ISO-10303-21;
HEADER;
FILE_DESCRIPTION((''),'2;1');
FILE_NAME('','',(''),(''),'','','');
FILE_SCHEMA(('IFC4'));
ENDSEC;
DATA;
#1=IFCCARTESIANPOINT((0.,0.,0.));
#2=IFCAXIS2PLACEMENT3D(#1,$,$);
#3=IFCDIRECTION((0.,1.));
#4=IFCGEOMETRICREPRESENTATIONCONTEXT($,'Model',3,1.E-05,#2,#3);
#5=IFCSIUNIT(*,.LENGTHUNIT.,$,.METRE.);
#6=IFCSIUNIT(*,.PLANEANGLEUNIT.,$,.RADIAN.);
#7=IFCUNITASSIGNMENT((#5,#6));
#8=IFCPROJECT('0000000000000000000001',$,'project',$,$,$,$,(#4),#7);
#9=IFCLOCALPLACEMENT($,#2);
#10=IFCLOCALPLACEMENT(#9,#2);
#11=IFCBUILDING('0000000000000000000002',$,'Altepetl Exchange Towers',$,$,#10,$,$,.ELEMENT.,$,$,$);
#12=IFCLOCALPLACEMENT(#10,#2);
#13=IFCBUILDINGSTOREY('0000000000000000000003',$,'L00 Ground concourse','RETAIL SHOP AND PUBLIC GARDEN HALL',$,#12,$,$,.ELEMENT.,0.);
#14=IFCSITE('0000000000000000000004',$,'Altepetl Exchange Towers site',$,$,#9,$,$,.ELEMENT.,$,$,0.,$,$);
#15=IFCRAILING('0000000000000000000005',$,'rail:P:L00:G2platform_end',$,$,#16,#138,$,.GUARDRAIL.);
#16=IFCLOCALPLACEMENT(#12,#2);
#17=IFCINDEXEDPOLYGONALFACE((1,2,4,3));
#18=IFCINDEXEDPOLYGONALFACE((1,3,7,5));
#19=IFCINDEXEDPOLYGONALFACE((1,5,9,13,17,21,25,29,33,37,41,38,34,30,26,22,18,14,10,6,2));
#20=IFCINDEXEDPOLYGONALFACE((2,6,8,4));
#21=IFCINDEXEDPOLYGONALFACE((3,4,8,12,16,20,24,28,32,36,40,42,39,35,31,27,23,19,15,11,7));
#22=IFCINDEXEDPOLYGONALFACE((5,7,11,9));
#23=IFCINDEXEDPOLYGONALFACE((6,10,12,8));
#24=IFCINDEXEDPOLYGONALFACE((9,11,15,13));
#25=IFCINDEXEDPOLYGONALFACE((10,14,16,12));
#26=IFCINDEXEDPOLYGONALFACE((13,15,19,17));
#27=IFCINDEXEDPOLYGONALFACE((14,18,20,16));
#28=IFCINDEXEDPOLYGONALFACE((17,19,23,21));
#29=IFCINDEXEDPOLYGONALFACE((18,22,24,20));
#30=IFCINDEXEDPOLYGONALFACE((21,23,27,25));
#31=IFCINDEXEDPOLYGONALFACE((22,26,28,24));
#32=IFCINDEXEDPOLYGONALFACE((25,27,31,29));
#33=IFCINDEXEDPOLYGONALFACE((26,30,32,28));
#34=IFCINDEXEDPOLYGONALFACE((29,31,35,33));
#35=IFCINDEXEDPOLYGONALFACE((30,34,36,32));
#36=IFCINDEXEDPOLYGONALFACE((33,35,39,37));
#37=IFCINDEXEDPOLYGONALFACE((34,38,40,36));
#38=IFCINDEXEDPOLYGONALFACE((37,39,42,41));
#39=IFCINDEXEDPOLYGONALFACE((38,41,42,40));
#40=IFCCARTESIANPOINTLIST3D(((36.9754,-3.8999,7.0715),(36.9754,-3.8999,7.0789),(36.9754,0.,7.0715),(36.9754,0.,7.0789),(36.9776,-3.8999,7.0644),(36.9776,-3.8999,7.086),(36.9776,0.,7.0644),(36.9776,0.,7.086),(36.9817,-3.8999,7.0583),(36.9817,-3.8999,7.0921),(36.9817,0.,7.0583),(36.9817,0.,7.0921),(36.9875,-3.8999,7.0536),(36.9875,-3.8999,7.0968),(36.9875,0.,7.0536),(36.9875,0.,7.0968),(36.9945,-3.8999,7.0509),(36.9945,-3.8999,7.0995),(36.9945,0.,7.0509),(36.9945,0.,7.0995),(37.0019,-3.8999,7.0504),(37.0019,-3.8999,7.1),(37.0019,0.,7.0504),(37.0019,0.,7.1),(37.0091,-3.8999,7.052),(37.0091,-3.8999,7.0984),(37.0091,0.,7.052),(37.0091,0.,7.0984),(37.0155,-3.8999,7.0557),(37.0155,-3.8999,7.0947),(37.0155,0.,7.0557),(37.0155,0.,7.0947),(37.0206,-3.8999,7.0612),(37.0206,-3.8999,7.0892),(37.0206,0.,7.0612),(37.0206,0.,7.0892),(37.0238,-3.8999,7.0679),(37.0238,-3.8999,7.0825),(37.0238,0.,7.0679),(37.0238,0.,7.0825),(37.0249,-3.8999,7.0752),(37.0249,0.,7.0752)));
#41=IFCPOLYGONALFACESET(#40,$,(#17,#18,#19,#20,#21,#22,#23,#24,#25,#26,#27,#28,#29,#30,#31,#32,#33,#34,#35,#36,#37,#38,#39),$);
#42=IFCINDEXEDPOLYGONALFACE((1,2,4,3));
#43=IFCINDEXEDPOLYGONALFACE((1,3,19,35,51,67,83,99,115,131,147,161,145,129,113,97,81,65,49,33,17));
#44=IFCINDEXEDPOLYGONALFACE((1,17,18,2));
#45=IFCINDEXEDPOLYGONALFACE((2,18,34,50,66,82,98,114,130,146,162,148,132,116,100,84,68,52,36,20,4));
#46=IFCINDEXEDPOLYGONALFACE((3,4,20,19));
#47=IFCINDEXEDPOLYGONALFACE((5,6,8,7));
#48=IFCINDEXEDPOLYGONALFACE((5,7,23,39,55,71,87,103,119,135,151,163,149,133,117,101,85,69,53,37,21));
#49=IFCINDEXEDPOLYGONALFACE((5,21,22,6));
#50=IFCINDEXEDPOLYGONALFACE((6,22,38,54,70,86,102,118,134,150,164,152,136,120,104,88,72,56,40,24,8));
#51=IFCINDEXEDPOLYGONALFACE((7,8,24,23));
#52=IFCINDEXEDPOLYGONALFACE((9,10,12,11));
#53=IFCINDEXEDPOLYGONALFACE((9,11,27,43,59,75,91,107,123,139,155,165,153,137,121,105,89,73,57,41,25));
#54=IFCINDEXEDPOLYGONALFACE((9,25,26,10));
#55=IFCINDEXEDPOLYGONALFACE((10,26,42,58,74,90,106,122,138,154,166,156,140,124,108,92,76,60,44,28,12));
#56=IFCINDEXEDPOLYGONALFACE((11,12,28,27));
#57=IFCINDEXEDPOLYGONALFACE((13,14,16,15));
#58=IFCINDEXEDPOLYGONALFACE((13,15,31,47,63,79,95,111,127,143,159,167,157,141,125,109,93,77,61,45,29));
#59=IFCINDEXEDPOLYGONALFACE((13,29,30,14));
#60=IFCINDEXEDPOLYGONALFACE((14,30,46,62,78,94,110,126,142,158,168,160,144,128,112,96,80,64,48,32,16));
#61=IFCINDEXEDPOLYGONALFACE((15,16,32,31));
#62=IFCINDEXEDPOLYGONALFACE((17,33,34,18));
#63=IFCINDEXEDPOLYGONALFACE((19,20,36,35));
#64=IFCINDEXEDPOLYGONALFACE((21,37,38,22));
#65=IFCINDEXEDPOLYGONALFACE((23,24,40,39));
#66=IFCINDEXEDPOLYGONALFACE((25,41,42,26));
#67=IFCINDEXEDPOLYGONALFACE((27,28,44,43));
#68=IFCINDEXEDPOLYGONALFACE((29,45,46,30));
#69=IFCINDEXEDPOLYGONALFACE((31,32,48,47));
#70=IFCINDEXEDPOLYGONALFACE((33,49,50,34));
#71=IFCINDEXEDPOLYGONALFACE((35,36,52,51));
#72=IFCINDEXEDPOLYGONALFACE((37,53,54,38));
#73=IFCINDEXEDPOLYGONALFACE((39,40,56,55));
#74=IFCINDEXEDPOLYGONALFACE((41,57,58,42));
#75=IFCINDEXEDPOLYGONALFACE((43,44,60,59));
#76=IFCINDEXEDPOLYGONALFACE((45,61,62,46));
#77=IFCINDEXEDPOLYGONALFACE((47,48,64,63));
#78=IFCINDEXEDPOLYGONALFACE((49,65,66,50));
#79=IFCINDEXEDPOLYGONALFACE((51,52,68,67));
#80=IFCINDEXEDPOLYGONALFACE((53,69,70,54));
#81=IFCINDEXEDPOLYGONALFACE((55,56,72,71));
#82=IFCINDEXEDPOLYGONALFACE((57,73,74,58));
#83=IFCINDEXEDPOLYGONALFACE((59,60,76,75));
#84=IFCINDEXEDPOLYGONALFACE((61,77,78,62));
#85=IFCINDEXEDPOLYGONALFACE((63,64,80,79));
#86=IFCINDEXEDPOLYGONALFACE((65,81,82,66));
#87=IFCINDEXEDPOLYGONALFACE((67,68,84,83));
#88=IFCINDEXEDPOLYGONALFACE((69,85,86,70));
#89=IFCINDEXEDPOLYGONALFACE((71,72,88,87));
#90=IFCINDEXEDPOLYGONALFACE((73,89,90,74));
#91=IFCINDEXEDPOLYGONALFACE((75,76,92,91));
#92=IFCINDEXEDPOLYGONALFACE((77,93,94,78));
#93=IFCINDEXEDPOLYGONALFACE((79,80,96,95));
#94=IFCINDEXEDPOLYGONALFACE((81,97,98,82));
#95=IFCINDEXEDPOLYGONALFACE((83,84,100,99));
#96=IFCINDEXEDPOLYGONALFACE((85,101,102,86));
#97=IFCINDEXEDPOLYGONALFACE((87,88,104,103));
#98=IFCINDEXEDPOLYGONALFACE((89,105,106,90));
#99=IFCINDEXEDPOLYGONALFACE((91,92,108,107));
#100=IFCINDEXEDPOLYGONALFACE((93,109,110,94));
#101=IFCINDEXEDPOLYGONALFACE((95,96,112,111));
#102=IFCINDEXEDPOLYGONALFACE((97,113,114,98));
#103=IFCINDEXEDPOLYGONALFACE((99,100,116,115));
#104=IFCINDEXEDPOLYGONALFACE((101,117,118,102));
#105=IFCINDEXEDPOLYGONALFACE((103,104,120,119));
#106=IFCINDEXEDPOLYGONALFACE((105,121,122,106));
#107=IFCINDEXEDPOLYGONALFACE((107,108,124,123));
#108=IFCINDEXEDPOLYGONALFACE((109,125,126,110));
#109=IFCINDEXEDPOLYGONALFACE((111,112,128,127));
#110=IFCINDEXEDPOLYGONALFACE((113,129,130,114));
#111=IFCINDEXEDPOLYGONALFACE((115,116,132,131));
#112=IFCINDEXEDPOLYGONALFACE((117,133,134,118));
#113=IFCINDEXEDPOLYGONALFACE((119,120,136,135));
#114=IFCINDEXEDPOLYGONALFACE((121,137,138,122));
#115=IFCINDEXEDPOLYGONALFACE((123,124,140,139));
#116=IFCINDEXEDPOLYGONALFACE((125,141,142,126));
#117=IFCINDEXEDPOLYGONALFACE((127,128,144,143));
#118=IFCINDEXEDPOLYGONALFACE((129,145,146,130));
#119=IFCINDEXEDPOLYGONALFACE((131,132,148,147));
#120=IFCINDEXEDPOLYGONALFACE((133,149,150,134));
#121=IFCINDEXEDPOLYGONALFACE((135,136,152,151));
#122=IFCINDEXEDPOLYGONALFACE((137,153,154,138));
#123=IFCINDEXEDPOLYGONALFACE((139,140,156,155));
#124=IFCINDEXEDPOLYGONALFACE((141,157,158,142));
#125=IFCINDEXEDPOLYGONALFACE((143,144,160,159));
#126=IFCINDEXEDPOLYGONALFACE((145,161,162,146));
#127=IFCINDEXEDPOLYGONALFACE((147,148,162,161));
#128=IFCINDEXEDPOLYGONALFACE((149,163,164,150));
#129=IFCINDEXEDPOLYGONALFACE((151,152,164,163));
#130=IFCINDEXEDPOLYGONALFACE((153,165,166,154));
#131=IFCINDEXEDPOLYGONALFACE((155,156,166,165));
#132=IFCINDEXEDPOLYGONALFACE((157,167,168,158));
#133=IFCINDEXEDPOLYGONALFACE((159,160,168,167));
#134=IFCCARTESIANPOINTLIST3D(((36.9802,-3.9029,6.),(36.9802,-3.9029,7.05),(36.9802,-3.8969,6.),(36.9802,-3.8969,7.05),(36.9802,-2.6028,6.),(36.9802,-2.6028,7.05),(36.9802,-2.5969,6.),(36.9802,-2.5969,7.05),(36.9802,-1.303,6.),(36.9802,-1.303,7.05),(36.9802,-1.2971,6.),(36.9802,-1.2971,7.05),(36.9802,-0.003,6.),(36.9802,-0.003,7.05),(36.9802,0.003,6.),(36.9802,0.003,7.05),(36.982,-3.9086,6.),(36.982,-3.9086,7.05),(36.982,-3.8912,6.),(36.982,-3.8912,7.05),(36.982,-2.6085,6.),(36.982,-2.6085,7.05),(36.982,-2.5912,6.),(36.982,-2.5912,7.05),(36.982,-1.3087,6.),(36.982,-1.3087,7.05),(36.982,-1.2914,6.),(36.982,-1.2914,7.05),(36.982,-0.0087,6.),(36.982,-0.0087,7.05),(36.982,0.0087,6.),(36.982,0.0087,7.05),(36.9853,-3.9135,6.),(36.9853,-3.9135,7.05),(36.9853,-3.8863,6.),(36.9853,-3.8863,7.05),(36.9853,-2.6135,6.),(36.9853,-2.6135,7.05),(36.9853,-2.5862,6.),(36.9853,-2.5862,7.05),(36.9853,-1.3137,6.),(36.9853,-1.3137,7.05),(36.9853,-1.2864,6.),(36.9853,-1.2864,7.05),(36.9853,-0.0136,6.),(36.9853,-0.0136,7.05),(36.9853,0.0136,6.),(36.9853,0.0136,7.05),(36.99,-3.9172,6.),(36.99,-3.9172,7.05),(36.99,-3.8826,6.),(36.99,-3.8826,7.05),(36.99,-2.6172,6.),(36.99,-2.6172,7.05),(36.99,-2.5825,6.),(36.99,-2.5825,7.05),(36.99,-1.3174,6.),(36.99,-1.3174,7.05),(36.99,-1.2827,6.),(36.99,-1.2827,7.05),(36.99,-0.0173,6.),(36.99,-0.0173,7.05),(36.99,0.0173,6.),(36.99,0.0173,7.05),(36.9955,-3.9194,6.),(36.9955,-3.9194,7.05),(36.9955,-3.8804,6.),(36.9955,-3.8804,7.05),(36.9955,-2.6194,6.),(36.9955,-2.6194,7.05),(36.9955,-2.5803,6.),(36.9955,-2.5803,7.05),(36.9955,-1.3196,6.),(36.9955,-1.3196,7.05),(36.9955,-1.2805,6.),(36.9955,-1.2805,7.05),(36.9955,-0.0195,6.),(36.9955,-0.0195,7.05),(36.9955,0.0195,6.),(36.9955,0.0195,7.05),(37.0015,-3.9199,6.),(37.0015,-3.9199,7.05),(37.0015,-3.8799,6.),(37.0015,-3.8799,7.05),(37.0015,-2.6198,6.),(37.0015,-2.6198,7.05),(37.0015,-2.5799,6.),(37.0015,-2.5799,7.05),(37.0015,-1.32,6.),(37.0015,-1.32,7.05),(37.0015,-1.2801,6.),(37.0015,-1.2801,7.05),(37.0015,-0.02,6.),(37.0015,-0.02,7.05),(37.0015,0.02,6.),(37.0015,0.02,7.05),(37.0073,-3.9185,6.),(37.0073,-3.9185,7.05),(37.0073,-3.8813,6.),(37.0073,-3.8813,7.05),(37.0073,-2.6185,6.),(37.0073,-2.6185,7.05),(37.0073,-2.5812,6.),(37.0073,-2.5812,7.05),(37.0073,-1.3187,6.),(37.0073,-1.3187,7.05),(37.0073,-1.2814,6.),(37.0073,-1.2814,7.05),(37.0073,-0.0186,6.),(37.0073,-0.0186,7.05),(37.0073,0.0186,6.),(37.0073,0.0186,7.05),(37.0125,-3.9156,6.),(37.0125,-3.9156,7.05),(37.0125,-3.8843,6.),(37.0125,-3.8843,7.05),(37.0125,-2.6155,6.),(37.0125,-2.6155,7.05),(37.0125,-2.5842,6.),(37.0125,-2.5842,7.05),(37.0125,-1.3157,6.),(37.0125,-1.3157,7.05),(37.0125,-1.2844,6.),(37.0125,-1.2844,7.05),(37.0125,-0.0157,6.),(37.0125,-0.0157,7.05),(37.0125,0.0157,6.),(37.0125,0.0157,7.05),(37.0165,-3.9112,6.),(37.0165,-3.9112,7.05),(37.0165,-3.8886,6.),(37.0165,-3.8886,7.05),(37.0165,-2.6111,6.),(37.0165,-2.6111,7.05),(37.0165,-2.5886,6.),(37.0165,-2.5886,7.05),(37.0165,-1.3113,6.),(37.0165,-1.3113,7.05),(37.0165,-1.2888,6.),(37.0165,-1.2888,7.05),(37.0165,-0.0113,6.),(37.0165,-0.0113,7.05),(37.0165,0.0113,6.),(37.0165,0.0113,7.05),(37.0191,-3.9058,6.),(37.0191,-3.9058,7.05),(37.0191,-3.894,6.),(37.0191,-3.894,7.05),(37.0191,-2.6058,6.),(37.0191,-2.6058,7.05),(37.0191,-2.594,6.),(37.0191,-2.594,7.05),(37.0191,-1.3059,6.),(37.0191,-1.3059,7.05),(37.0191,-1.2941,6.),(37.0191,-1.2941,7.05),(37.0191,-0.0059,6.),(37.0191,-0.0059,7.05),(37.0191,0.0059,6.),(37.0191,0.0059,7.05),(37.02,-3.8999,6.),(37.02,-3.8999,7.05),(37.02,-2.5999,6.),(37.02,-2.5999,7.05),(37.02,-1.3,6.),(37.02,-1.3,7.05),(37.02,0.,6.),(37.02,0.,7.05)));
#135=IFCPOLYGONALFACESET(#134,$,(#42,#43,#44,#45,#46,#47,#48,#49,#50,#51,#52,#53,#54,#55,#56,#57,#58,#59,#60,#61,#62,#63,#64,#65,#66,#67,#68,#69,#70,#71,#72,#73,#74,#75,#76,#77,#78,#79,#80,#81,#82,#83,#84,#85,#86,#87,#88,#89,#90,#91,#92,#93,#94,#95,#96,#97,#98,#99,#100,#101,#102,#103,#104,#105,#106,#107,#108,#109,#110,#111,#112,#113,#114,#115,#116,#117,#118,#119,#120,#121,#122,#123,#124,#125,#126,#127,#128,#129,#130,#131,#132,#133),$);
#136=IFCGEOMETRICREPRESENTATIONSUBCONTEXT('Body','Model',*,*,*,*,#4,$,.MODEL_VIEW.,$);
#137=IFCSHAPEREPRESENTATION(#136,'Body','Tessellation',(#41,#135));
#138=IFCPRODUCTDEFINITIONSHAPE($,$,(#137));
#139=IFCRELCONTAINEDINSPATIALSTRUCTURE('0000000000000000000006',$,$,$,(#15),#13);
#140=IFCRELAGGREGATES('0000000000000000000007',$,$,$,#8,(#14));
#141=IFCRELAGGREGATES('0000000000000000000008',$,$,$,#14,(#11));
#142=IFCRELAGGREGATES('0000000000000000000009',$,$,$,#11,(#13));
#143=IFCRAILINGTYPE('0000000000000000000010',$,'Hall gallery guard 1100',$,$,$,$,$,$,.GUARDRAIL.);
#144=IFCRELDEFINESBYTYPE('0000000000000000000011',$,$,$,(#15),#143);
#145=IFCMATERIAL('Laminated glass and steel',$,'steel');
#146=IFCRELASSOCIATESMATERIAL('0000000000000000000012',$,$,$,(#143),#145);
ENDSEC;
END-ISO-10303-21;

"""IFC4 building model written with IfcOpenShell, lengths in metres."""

from ifc_helpers import new_model, si_unit, direction, frame, origin, origin_2d, place, context, subcontext, project, spatial, circle, extrude, source, transform, mapped, material, type_object, element, save


model = new_model("IFC4")

# Units and contexts
model_context = context("Model", 3, precision=1e-05, world=origin(), true_north=direction((0.0, 1.0)))
body_context = subcontext(model_context, "Body", "Model", "MODEL_VIEW")
ifc_project = project(units=[si_unit("LENGTHUNIT", "METRE"), si_unit("PLANEANGLEUNIT", "RADIAN")], contexts=[model_context])

# Site, building, storey
site_placement = place(None, origin())
site = spatial("IfcSite", under=ifc_project, at=site_placement, Name="Altepetl Exchange Towers site", CompositionType="ELEMENT", RefElevation=0.0)
building_placement = place(site_placement, origin())
building = spatial("IfcBuilding", under=site, at=building_placement, Name="Altepetl Exchange Towers", CompositionType="ELEMENT")
storey_placement = place(building_placement, origin())
storey = spatial("IfcBuildingStorey", under=building, at=storey_placement, Name="L00 Ground concourse", Description="RETAIL SHOP AND PUBLIC GARDEN HALL", CompositionType="ELEMENT", Elevation=0.0)

# Railing
ifc_material_1 = material(Name="Laminated glass and steel", Category="steel")
railing_type = type_object("IfcRailingType", Name="Hall gallery guard 1100", PredefinedType="GUARDRAIL", material=ifc_material_1)
shared_shape = source(origin(), body_context, "Body", "SweptSolid", [
    extrude(circle(Radius=0.02, at=origin_2d()), origin(), (0.0, 0.0, 1.0), 1.05),
])
railing_1_placement = place(storey_placement, frame((37.0, 0.0, 6.0)))
element("IfcRailing", 1, at=railing_1_placement, inside=storey, type_object=railing_type, Name="rail:P:L00:G2platform_end", PredefinedType="GUARDRAIL", context=body_context, shape_type="SweptSolid", body=[
    extrude(circle(Radius=0.0249, at=origin_2d()), frame((0.0, 0.0, 1.0752), z_axis=(0.0, -1.0, 0.0), x_axis=(1.0, 0.0, 0.0)), (0.0, 0.0, 1.0), 3.8999),
    mapped(shared_shape, transform((0.0, 0.0, 0.0))),
    mapped(shared_shape, transform((0.0, -1.3, 0.0))),
    mapped(shared_shape, transform((0.0, -2.5999, 0.0))),
    mapped(shared_shape, transform((0.0, -3.8999, 0.0))),
])

save(model, "model.ifc")
